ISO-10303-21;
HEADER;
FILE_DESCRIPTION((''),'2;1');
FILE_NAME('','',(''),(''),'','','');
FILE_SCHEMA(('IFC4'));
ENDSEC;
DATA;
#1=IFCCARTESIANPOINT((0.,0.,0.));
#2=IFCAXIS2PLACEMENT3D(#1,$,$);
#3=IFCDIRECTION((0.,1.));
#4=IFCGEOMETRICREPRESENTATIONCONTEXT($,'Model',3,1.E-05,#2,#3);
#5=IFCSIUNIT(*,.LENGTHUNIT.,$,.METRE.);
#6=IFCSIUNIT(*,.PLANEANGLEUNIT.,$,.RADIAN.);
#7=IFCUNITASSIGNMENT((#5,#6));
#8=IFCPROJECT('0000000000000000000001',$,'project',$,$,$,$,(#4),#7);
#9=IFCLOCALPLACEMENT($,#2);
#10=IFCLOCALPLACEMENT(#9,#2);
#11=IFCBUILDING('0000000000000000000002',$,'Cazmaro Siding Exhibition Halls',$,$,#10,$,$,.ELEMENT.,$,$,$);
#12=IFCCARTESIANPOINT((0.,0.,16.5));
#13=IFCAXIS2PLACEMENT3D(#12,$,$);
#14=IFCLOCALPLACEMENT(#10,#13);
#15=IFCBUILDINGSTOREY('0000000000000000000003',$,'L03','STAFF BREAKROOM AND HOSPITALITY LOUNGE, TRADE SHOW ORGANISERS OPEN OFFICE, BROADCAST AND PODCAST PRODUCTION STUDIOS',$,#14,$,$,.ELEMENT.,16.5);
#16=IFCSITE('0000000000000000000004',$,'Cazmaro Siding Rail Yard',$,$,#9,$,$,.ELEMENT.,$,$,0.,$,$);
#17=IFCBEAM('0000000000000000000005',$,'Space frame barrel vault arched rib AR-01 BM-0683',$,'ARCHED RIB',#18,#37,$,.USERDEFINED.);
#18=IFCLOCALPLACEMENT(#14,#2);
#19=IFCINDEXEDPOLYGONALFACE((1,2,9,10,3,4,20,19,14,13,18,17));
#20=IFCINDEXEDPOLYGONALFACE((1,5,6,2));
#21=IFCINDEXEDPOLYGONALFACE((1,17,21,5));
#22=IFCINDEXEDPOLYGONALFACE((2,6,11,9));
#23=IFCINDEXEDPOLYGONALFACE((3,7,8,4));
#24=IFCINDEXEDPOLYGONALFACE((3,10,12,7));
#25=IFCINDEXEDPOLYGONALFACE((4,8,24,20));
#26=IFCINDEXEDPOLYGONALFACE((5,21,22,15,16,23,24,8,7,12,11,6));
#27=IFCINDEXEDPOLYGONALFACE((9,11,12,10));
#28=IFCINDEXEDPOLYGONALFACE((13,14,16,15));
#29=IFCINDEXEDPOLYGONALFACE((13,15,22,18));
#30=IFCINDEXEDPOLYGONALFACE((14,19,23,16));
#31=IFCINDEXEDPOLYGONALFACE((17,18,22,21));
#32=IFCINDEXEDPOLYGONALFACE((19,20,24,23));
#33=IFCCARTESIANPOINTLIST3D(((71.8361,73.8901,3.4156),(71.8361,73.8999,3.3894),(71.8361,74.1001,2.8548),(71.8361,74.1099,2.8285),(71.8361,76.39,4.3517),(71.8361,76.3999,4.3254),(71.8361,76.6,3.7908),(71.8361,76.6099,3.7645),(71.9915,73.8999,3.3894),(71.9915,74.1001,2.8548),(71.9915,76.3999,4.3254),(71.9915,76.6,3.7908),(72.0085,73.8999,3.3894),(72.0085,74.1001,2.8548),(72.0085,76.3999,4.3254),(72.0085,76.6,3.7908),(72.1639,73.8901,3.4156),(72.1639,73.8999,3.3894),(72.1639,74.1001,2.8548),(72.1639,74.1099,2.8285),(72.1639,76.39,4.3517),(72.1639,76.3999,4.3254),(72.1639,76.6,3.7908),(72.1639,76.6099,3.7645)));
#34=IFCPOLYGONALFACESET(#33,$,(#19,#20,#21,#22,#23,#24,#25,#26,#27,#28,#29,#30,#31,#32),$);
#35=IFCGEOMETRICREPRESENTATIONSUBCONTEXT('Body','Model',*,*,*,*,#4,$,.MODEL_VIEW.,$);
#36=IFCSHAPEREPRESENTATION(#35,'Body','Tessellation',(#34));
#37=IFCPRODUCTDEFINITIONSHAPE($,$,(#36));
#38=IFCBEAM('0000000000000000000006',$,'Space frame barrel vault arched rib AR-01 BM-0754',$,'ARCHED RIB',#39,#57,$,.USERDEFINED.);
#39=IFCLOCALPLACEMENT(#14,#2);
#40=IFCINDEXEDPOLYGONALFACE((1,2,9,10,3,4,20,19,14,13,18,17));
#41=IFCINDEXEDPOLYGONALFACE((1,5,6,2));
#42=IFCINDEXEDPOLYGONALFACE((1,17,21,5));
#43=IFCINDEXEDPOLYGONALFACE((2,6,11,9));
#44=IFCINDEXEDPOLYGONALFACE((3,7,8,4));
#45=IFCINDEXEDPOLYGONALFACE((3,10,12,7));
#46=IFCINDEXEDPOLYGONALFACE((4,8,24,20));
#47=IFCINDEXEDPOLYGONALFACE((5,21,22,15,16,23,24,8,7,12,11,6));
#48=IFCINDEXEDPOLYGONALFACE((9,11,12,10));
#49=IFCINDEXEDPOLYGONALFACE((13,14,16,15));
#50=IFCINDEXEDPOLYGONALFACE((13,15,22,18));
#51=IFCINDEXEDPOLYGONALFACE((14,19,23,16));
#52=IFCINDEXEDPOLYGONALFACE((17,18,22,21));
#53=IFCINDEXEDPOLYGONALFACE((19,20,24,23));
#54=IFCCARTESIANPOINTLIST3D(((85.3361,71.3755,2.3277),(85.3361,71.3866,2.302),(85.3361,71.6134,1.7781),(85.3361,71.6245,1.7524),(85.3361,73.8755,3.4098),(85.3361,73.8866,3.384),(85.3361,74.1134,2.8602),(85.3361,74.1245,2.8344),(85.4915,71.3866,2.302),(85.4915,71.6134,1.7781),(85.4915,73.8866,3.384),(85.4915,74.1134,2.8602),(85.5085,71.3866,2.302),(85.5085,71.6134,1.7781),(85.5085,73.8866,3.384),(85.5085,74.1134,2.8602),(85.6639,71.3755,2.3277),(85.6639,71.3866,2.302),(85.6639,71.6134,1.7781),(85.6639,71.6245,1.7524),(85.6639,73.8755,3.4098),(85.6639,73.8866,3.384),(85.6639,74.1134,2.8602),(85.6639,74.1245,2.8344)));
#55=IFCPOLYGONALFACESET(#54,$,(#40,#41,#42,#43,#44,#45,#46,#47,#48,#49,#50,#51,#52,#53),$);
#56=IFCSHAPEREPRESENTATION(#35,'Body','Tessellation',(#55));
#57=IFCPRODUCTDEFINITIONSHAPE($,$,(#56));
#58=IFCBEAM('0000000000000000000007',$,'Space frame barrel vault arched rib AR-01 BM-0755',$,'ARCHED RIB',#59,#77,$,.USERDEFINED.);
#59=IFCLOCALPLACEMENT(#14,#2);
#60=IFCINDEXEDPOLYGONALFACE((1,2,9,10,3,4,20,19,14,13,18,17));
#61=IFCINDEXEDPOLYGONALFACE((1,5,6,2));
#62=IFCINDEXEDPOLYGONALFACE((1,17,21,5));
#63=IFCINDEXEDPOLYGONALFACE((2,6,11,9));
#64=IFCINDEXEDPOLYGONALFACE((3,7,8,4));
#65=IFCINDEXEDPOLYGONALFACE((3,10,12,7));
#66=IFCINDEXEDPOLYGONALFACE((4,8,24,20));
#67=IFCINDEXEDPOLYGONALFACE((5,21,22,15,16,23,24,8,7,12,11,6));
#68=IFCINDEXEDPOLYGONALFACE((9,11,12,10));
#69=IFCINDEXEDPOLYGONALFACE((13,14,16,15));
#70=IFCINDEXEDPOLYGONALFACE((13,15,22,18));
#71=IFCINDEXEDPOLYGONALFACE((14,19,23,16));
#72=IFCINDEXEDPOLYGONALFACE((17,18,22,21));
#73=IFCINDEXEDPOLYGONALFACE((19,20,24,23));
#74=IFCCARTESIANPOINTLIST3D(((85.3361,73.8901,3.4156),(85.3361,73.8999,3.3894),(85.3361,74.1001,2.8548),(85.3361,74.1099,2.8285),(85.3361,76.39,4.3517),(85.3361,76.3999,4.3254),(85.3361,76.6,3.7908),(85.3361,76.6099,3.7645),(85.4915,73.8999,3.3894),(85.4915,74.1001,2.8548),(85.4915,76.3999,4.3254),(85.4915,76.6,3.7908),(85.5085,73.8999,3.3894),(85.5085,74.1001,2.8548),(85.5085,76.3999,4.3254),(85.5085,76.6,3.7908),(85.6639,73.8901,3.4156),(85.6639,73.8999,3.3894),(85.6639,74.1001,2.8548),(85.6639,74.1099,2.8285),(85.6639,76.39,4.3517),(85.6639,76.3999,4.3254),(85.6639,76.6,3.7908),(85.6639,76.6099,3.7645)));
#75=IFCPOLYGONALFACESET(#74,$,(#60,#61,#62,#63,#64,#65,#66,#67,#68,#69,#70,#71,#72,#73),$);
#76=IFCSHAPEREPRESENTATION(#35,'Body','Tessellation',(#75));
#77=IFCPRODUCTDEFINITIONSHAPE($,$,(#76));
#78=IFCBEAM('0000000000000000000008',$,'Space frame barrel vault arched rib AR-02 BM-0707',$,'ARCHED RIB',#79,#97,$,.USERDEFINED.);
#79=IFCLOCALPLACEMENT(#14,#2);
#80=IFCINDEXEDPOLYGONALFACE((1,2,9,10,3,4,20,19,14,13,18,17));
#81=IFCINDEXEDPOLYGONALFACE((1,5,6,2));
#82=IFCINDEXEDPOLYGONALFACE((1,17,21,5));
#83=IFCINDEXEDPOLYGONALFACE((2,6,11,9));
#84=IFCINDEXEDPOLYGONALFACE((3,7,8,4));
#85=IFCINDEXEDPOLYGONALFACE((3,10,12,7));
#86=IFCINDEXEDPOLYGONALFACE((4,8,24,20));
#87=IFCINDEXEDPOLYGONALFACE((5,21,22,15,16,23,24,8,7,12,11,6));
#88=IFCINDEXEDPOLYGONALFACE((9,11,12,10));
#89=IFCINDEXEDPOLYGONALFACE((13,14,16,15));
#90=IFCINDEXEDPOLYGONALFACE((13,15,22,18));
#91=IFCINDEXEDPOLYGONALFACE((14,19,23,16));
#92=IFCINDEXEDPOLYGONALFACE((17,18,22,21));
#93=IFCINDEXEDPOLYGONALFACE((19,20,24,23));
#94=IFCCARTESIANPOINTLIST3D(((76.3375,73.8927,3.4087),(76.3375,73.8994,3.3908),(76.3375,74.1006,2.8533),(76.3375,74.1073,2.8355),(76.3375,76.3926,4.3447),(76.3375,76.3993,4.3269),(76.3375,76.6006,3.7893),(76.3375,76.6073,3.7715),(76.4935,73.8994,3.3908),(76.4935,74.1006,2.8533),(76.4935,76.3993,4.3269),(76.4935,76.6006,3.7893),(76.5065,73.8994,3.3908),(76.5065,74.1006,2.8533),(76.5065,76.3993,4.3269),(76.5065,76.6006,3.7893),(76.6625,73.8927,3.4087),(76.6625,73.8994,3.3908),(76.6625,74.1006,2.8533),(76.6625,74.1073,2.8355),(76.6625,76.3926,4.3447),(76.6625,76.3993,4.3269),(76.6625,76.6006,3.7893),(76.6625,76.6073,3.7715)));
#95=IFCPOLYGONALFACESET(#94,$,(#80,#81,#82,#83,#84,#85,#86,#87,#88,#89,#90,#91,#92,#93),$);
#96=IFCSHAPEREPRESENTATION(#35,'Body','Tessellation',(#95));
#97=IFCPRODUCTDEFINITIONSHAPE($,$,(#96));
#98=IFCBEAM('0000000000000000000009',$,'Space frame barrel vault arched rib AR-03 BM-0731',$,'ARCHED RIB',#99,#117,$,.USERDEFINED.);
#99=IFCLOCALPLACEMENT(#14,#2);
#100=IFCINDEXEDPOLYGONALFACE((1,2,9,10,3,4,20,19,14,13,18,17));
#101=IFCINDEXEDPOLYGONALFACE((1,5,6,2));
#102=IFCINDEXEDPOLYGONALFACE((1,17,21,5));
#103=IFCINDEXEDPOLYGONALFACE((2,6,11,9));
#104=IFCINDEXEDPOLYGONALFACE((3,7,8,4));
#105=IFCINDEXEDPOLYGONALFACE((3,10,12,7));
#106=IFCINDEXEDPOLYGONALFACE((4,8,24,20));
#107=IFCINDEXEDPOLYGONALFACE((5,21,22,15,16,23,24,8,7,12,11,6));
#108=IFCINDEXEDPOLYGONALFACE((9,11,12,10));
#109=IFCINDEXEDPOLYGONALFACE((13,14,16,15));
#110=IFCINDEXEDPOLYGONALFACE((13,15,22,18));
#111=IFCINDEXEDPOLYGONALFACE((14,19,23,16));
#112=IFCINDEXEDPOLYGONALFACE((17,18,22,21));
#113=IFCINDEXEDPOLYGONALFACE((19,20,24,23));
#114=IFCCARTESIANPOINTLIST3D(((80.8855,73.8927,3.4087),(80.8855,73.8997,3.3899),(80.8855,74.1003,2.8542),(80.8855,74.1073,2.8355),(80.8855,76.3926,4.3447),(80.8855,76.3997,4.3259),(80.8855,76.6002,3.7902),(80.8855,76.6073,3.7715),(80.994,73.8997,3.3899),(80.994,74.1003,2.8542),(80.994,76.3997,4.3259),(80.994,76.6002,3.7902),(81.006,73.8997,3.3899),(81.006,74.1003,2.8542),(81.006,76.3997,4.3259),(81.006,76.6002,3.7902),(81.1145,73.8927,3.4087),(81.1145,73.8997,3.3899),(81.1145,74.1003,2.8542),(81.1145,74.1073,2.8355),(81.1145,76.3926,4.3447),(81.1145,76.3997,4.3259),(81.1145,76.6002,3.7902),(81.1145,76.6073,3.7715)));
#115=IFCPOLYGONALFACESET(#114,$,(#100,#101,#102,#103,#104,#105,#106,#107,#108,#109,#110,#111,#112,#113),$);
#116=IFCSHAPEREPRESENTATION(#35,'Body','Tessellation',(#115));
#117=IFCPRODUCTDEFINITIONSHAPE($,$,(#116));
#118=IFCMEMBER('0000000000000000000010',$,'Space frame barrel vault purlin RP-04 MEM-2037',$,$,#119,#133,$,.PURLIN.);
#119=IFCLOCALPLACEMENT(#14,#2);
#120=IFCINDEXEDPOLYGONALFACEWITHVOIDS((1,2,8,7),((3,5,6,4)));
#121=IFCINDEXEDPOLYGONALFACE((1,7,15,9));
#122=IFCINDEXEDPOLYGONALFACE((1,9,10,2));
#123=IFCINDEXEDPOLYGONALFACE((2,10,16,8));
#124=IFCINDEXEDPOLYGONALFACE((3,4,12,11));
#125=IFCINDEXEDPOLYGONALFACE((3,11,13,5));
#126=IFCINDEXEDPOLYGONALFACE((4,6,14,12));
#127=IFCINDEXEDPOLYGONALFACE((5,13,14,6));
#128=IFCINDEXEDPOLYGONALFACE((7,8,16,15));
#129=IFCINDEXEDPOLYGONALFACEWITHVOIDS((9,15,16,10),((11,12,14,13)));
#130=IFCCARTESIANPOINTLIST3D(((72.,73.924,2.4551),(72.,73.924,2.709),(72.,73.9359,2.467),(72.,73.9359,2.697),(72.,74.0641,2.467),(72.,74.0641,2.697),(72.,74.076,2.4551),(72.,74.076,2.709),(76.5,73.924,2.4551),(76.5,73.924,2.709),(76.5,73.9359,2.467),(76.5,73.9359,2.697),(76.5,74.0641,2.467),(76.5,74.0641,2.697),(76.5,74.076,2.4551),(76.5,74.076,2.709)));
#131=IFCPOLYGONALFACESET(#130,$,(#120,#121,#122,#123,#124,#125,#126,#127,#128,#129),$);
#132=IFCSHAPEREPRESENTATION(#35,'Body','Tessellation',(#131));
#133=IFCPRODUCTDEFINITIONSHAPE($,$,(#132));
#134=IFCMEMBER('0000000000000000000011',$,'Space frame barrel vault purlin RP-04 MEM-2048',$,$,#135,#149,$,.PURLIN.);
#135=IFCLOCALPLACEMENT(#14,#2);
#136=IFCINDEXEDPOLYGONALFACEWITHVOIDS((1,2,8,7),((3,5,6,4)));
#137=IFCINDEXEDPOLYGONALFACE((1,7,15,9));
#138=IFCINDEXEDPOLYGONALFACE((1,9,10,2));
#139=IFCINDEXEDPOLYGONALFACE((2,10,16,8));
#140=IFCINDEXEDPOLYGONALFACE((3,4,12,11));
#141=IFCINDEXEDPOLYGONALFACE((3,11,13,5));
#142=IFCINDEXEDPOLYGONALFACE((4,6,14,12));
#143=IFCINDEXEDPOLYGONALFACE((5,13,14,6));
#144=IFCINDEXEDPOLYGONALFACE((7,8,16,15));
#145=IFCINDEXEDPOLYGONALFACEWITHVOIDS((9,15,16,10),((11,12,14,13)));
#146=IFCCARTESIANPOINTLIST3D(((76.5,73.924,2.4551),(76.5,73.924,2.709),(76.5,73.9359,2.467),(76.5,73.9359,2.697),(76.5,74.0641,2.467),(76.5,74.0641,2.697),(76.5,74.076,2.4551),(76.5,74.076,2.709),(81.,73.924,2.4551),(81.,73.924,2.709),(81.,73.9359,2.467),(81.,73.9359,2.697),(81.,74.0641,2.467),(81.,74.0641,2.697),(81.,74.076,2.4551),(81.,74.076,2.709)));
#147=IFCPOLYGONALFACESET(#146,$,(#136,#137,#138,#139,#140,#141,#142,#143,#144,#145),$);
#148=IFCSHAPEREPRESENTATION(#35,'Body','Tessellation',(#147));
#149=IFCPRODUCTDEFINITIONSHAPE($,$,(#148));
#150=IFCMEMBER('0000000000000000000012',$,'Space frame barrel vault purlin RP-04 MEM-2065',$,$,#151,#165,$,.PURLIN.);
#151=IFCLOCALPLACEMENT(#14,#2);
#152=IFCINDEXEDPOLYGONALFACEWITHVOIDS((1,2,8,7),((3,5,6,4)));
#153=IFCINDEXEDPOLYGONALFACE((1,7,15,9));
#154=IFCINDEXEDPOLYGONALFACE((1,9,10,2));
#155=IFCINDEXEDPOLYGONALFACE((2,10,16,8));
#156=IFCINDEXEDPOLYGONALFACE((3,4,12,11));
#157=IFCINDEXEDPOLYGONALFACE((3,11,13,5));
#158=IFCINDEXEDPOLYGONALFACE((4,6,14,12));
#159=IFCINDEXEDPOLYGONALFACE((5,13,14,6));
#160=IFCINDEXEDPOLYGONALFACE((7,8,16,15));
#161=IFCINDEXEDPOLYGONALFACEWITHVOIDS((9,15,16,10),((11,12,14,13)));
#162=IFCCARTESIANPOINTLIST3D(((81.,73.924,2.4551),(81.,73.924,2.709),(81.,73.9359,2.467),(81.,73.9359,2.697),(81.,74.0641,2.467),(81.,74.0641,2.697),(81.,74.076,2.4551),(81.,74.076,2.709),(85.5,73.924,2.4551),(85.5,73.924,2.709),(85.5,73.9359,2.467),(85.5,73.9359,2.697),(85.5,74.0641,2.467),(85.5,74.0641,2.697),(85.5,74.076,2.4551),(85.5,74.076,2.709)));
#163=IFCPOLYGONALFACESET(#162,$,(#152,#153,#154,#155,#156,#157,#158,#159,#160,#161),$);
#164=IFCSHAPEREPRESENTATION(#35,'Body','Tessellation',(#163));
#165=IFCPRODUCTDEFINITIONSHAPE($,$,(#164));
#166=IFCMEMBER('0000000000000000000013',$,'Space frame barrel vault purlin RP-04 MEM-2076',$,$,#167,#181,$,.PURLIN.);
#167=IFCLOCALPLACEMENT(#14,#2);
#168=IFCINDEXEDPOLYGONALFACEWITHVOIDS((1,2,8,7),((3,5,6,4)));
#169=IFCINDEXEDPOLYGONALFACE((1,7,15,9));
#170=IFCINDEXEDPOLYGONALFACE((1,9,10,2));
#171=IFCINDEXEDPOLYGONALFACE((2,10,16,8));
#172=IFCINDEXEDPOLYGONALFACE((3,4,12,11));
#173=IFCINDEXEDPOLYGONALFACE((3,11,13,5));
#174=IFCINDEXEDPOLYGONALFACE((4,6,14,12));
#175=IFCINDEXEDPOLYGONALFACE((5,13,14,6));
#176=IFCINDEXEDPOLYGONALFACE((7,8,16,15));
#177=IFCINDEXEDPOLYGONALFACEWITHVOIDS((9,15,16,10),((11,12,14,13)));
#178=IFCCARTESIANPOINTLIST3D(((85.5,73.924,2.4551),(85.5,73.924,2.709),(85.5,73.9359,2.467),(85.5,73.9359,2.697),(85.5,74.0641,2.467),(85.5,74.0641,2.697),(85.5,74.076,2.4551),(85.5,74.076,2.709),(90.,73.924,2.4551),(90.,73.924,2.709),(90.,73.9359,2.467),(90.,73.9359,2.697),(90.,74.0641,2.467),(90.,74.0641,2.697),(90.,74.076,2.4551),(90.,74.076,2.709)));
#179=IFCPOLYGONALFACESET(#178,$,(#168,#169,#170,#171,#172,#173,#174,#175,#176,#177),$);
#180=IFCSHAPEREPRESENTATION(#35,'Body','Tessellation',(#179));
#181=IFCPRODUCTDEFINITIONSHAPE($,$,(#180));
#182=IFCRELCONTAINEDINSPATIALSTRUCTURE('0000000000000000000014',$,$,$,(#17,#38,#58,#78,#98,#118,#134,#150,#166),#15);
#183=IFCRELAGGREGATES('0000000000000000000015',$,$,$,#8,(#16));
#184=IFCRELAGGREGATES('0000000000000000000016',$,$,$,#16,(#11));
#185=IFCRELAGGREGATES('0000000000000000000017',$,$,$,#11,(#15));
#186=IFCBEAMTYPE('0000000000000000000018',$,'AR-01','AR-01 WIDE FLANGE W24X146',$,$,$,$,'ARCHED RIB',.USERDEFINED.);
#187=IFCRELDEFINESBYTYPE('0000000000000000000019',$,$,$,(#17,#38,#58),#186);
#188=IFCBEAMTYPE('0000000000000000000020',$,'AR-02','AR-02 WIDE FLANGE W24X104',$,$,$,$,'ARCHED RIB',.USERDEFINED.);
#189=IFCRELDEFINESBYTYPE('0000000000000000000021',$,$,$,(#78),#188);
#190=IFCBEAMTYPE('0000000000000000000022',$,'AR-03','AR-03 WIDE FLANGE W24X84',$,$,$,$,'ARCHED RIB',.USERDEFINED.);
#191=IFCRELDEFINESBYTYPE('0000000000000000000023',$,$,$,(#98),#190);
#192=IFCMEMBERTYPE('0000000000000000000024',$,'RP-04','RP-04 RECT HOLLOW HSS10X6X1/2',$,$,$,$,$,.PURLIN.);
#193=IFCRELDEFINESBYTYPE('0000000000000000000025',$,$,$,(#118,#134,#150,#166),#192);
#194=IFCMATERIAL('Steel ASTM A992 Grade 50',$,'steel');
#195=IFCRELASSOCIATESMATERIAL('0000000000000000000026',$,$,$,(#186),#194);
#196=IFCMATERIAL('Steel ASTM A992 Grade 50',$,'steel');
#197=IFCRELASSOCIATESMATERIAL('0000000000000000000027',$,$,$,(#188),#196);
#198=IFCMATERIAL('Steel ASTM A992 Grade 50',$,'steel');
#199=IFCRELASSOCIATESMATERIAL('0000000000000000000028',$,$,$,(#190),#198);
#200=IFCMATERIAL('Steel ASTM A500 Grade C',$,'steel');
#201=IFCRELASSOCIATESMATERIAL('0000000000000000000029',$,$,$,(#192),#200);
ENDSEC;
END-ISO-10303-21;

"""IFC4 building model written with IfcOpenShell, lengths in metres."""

from ifc_helpers import new_model, si_unit, direction, frame, origin, origin_2d, place, context, subcontext, project, spatial, hollow_rectangle, i_section, extrude, material, material_profile, profile_set, type_object, element, save


model = new_model("IFC4")

# Units and contexts
model_context = context("Model", 3, precision=1e-05, world=origin(), true_north=direction((0.0, 1.0)))
body_context = subcontext(model_context, "Body", "Model", "MODEL_VIEW")
ifc_project = project(units=[si_unit("LENGTHUNIT", "METRE"), si_unit("PLANEANGLEUNIT", "RADIAN")], contexts=[model_context])

# Site, building, storey
site_placement = place(None, origin())
site = spatial("IfcSite", under=ifc_project, at=site_placement, Name="Cazmaro Siding Rail Yard", CompositionType="ELEMENT", RefElevation=0.0)
building_placement = place(site_placement, origin())
building = spatial("IfcBuilding", under=site, at=building_placement, Name="Cazmaro Siding Exhibition Halls", CompositionType="ELEMENT")
storey_placement = place(building_placement, frame((0.0, 0.0, 16.5)))
storey = spatial("IfcBuildingStorey", under=building, at=storey_placement, Name="L03", Description="STAFF BREAKROOM AND HOSPITALITY LOUNGE, TRADE SHOW ORGANISERS OPEN OFFICE, BROADCAST AND PODCAST PRODUCTION STUDIOS", CompositionType="ELEMENT", Elevation=16.5)

# Beams
ifc_material_1 = material(Name="Steel ASTM A992 Grade 50", Category="steel")
ifc_material_profile_1 = material_profile(ifc_material_1, i_section(OverallWidth=0.3279, OverallDepth=0.627, WebThickness=0.0171, FlangeThickness=0.0281, at=origin_2d()), Name="W24X146")
ifc_profile_set_1 = profile_set([ifc_material_profile_1], Name="Steel ASTM A992 Grade 50")
beam_type_1 = type_object("IfcBeamType", Name="AR-01", Description="AR-01 WIDE FLANGE W24X146", ElementType="ARCHED RIB", PredefinedType="USERDEFINED", material=ifc_profile_set_1)
beam_1_placement = place(storey_placement, frame((72.0, 74.0, 3.1221), z_axis=(0.0, 0.936509, 0.350642), x_axis=(-1.0, 0.0, 0.0)))
element("IfcBeam", 1, at=beam_1_placement, inside=storey, type_object=beam_type_1, Name="Space frame barrel vault arched rib AR-01 BM-0683", ObjectType="ARCHED RIB", PredefinedType="USERDEFINED", context=body_context, shape_type="SweptSolid", body=[
    extrude(i_section(OverallWidth=0.3279, OverallDepth=0.627, WebThickness=0.0171, FlangeThickness=0.0281, at=origin_2d()), origin(), (0.0, 0.0, 1.0), 2.6694),
])
beam_2_placement = place(storey_placement, frame((85.5, 71.5, 2.04), z_axis=(0.0, 0.91773, 0.397205), x_axis=(-1.0, 0.0, 0.0)))
element("IfcBeam", 2, at=beam_2_placement, inside=storey, type_object=beam_type_1, Name="Space frame barrel vault arched rib AR-01 BM-0754", ObjectType="ARCHED RIB", PredefinedType="USERDEFINED", context=body_context, shape_type="SweptSolid", body=[
    extrude(i_section(OverallWidth=0.3279, OverallDepth=0.627, WebThickness=0.0171, FlangeThickness=0.0281, at=origin_2d()), origin(), (0.0, 0.0, 1.0), 2.7241),
])
beam_3_placement = place(storey_placement, frame((85.5, 74.0, 3.1221), z_axis=(0.0, 0.936509, 0.350642), x_axis=(-1.0, 0.0, 0.0)))
element("IfcBeam", 3, at=beam_3_placement, inside=storey, type_object=beam_type_1, Name="Space frame barrel vault arched rib AR-01 BM-0755", ObjectType="ARCHED RIB", PredefinedType="USERDEFINED", context=body_context, shape_type="SweptSolid", body=[
    extrude(i_section(OverallWidth=0.3279, OverallDepth=0.627, WebThickness=0.0171, FlangeThickness=0.0281, at=origin_2d()), origin(), (0.0, 0.0, 1.0), 2.6694),
])
ifc_material_2 = material(Name="Steel ASTM A992 Grade 50", Category="steel")
ifc_material_profile_2 = material_profile(ifc_material_2, i_section(OverallWidth=0.325, OverallDepth=0.6121, WebThickness=0.0129, FlangeThickness=0.019, at=origin_2d()), Name="W24X104")
ifc_profile_set_2 = profile_set([ifc_material_profile_2], Name="Steel ASTM A992 Grade 50")
beam_type_2 = type_object("IfcBeamType", Name="AR-02", Description="AR-02 WIDE FLANGE W24X104", ElementType="ARCHED RIB", PredefinedType="USERDEFINED", material=ifc_profile_set_2)
beam_4_placement = place(storey_placement, frame((76.5, 74.0, 3.1221), z_axis=(0.0, 0.936509, 0.350642), x_axis=(-1.0, 0.0, 0.0)))
element("IfcBeam", 4, at=beam_4_placement, inside=storey, type_object=beam_type_2, Name="Space frame barrel vault arched rib AR-02 BM-0707", ObjectType="ARCHED RIB", PredefinedType="USERDEFINED", context=body_context, shape_type="SweptSolid", body=[
    extrude(i_section(OverallWidth=0.325, OverallDepth=0.6121, WebThickness=0.0129, FlangeThickness=0.019, at=origin_2d()), origin(), (0.0, 0.0, 1.0), 2.6694),
])
ifc_material_3 = material(Name="Steel ASTM A992 Grade 50", Category="steel")
ifc_material_profile_3 = material_profile(ifc_material_3, i_section(OverallWidth=0.229, OverallDepth=0.6121, WebThickness=0.012, FlangeThickness=0.02, at=origin_2d()), Name="W24X84")
ifc_profile_set_3 = profile_set([ifc_material_profile_3], Name="Steel ASTM A992 Grade 50")
beam_type_3 = type_object("IfcBeamType", Name="AR-03", Description="AR-03 WIDE FLANGE W24X84", ElementType="ARCHED RIB", PredefinedType="USERDEFINED", material=ifc_profile_set_3)
beam_5_placement = place(storey_placement, frame((81.0, 74.0, 3.1221), z_axis=(0.0, 0.936509, 0.350642), x_axis=(-1.0, 0.0, 0.0)))
element("IfcBeam", 5, at=beam_5_placement, inside=storey, type_object=beam_type_3, Name="Space frame barrel vault arched rib AR-03 BM-0731", ObjectType="ARCHED RIB", PredefinedType="USERDEFINED", context=body_context, shape_type="SweptSolid", body=[
    extrude(i_section(OverallWidth=0.229, OverallDepth=0.6121, WebThickness=0.012, FlangeThickness=0.02, at=origin_2d()), origin(), (0.0, 0.0, 1.0), 2.6694),
])

# Members
ifc_material_4 = material(Name="Steel ASTM A500 Grade C", Category="steel")
ifc_material_profile_4 = material_profile(ifc_material_4, hollow_rectangle(XDim=0.1521, YDim=0.2539, WallThickness=0.012, at=origin_2d()), Name="HSS10X6X1/2")
ifc_profile_set_4 = profile_set([ifc_material_profile_4], Name="Steel ASTM A500 Grade C")
member_type_1 = type_object("IfcMemberType", Name="RP-04", Description="RP-04 RECT HOLLOW HSS10X6X1/2", PredefinedType="PURLIN", material=ifc_profile_set_4)
for number, where, z_axis, x_axis, name in (
    (6, (72.0, 74.0, 2.582), (1.0, 0.0, 0.0), (0.0, 1.0, 0.0), "Space frame barrel vault purlin RP-04 MEM-2037"),
    (7, (76.5, 74.0, 2.582), (1.0, 0.0, 0.0), (0.0, 1.0, 0.0), "Space frame barrel vault purlin RP-04 MEM-2048"),
    (8, (81.0, 74.0, 2.582), (1.0, 0.0, 0.0), (0.0, 1.0, 0.0), "Space frame barrel vault purlin RP-04 MEM-2065"),
    (9, (85.5, 74.0, 2.582), (1.0, 0.0, 0.0), (0.0, 1.0, 0.0), "Space frame barrel vault purlin RP-04 MEM-2076"),
):
    element("IfcMember", number, at=place(storey_placement, frame(where, z_axis=z_axis, x_axis=x_axis)), inside=storey, type_object=member_type_1, Name=name, PredefinedType="PURLIN", context=body_context, shape_type="SweptSolid", body=[
        extrude(hollow_rectangle(XDim=0.1521, YDim=0.2539, WallThickness=0.012, at=origin_2d()), origin(), (0.0, 0.0, 1.0), 4.5),
    ])

save(model, "model.ifc")
